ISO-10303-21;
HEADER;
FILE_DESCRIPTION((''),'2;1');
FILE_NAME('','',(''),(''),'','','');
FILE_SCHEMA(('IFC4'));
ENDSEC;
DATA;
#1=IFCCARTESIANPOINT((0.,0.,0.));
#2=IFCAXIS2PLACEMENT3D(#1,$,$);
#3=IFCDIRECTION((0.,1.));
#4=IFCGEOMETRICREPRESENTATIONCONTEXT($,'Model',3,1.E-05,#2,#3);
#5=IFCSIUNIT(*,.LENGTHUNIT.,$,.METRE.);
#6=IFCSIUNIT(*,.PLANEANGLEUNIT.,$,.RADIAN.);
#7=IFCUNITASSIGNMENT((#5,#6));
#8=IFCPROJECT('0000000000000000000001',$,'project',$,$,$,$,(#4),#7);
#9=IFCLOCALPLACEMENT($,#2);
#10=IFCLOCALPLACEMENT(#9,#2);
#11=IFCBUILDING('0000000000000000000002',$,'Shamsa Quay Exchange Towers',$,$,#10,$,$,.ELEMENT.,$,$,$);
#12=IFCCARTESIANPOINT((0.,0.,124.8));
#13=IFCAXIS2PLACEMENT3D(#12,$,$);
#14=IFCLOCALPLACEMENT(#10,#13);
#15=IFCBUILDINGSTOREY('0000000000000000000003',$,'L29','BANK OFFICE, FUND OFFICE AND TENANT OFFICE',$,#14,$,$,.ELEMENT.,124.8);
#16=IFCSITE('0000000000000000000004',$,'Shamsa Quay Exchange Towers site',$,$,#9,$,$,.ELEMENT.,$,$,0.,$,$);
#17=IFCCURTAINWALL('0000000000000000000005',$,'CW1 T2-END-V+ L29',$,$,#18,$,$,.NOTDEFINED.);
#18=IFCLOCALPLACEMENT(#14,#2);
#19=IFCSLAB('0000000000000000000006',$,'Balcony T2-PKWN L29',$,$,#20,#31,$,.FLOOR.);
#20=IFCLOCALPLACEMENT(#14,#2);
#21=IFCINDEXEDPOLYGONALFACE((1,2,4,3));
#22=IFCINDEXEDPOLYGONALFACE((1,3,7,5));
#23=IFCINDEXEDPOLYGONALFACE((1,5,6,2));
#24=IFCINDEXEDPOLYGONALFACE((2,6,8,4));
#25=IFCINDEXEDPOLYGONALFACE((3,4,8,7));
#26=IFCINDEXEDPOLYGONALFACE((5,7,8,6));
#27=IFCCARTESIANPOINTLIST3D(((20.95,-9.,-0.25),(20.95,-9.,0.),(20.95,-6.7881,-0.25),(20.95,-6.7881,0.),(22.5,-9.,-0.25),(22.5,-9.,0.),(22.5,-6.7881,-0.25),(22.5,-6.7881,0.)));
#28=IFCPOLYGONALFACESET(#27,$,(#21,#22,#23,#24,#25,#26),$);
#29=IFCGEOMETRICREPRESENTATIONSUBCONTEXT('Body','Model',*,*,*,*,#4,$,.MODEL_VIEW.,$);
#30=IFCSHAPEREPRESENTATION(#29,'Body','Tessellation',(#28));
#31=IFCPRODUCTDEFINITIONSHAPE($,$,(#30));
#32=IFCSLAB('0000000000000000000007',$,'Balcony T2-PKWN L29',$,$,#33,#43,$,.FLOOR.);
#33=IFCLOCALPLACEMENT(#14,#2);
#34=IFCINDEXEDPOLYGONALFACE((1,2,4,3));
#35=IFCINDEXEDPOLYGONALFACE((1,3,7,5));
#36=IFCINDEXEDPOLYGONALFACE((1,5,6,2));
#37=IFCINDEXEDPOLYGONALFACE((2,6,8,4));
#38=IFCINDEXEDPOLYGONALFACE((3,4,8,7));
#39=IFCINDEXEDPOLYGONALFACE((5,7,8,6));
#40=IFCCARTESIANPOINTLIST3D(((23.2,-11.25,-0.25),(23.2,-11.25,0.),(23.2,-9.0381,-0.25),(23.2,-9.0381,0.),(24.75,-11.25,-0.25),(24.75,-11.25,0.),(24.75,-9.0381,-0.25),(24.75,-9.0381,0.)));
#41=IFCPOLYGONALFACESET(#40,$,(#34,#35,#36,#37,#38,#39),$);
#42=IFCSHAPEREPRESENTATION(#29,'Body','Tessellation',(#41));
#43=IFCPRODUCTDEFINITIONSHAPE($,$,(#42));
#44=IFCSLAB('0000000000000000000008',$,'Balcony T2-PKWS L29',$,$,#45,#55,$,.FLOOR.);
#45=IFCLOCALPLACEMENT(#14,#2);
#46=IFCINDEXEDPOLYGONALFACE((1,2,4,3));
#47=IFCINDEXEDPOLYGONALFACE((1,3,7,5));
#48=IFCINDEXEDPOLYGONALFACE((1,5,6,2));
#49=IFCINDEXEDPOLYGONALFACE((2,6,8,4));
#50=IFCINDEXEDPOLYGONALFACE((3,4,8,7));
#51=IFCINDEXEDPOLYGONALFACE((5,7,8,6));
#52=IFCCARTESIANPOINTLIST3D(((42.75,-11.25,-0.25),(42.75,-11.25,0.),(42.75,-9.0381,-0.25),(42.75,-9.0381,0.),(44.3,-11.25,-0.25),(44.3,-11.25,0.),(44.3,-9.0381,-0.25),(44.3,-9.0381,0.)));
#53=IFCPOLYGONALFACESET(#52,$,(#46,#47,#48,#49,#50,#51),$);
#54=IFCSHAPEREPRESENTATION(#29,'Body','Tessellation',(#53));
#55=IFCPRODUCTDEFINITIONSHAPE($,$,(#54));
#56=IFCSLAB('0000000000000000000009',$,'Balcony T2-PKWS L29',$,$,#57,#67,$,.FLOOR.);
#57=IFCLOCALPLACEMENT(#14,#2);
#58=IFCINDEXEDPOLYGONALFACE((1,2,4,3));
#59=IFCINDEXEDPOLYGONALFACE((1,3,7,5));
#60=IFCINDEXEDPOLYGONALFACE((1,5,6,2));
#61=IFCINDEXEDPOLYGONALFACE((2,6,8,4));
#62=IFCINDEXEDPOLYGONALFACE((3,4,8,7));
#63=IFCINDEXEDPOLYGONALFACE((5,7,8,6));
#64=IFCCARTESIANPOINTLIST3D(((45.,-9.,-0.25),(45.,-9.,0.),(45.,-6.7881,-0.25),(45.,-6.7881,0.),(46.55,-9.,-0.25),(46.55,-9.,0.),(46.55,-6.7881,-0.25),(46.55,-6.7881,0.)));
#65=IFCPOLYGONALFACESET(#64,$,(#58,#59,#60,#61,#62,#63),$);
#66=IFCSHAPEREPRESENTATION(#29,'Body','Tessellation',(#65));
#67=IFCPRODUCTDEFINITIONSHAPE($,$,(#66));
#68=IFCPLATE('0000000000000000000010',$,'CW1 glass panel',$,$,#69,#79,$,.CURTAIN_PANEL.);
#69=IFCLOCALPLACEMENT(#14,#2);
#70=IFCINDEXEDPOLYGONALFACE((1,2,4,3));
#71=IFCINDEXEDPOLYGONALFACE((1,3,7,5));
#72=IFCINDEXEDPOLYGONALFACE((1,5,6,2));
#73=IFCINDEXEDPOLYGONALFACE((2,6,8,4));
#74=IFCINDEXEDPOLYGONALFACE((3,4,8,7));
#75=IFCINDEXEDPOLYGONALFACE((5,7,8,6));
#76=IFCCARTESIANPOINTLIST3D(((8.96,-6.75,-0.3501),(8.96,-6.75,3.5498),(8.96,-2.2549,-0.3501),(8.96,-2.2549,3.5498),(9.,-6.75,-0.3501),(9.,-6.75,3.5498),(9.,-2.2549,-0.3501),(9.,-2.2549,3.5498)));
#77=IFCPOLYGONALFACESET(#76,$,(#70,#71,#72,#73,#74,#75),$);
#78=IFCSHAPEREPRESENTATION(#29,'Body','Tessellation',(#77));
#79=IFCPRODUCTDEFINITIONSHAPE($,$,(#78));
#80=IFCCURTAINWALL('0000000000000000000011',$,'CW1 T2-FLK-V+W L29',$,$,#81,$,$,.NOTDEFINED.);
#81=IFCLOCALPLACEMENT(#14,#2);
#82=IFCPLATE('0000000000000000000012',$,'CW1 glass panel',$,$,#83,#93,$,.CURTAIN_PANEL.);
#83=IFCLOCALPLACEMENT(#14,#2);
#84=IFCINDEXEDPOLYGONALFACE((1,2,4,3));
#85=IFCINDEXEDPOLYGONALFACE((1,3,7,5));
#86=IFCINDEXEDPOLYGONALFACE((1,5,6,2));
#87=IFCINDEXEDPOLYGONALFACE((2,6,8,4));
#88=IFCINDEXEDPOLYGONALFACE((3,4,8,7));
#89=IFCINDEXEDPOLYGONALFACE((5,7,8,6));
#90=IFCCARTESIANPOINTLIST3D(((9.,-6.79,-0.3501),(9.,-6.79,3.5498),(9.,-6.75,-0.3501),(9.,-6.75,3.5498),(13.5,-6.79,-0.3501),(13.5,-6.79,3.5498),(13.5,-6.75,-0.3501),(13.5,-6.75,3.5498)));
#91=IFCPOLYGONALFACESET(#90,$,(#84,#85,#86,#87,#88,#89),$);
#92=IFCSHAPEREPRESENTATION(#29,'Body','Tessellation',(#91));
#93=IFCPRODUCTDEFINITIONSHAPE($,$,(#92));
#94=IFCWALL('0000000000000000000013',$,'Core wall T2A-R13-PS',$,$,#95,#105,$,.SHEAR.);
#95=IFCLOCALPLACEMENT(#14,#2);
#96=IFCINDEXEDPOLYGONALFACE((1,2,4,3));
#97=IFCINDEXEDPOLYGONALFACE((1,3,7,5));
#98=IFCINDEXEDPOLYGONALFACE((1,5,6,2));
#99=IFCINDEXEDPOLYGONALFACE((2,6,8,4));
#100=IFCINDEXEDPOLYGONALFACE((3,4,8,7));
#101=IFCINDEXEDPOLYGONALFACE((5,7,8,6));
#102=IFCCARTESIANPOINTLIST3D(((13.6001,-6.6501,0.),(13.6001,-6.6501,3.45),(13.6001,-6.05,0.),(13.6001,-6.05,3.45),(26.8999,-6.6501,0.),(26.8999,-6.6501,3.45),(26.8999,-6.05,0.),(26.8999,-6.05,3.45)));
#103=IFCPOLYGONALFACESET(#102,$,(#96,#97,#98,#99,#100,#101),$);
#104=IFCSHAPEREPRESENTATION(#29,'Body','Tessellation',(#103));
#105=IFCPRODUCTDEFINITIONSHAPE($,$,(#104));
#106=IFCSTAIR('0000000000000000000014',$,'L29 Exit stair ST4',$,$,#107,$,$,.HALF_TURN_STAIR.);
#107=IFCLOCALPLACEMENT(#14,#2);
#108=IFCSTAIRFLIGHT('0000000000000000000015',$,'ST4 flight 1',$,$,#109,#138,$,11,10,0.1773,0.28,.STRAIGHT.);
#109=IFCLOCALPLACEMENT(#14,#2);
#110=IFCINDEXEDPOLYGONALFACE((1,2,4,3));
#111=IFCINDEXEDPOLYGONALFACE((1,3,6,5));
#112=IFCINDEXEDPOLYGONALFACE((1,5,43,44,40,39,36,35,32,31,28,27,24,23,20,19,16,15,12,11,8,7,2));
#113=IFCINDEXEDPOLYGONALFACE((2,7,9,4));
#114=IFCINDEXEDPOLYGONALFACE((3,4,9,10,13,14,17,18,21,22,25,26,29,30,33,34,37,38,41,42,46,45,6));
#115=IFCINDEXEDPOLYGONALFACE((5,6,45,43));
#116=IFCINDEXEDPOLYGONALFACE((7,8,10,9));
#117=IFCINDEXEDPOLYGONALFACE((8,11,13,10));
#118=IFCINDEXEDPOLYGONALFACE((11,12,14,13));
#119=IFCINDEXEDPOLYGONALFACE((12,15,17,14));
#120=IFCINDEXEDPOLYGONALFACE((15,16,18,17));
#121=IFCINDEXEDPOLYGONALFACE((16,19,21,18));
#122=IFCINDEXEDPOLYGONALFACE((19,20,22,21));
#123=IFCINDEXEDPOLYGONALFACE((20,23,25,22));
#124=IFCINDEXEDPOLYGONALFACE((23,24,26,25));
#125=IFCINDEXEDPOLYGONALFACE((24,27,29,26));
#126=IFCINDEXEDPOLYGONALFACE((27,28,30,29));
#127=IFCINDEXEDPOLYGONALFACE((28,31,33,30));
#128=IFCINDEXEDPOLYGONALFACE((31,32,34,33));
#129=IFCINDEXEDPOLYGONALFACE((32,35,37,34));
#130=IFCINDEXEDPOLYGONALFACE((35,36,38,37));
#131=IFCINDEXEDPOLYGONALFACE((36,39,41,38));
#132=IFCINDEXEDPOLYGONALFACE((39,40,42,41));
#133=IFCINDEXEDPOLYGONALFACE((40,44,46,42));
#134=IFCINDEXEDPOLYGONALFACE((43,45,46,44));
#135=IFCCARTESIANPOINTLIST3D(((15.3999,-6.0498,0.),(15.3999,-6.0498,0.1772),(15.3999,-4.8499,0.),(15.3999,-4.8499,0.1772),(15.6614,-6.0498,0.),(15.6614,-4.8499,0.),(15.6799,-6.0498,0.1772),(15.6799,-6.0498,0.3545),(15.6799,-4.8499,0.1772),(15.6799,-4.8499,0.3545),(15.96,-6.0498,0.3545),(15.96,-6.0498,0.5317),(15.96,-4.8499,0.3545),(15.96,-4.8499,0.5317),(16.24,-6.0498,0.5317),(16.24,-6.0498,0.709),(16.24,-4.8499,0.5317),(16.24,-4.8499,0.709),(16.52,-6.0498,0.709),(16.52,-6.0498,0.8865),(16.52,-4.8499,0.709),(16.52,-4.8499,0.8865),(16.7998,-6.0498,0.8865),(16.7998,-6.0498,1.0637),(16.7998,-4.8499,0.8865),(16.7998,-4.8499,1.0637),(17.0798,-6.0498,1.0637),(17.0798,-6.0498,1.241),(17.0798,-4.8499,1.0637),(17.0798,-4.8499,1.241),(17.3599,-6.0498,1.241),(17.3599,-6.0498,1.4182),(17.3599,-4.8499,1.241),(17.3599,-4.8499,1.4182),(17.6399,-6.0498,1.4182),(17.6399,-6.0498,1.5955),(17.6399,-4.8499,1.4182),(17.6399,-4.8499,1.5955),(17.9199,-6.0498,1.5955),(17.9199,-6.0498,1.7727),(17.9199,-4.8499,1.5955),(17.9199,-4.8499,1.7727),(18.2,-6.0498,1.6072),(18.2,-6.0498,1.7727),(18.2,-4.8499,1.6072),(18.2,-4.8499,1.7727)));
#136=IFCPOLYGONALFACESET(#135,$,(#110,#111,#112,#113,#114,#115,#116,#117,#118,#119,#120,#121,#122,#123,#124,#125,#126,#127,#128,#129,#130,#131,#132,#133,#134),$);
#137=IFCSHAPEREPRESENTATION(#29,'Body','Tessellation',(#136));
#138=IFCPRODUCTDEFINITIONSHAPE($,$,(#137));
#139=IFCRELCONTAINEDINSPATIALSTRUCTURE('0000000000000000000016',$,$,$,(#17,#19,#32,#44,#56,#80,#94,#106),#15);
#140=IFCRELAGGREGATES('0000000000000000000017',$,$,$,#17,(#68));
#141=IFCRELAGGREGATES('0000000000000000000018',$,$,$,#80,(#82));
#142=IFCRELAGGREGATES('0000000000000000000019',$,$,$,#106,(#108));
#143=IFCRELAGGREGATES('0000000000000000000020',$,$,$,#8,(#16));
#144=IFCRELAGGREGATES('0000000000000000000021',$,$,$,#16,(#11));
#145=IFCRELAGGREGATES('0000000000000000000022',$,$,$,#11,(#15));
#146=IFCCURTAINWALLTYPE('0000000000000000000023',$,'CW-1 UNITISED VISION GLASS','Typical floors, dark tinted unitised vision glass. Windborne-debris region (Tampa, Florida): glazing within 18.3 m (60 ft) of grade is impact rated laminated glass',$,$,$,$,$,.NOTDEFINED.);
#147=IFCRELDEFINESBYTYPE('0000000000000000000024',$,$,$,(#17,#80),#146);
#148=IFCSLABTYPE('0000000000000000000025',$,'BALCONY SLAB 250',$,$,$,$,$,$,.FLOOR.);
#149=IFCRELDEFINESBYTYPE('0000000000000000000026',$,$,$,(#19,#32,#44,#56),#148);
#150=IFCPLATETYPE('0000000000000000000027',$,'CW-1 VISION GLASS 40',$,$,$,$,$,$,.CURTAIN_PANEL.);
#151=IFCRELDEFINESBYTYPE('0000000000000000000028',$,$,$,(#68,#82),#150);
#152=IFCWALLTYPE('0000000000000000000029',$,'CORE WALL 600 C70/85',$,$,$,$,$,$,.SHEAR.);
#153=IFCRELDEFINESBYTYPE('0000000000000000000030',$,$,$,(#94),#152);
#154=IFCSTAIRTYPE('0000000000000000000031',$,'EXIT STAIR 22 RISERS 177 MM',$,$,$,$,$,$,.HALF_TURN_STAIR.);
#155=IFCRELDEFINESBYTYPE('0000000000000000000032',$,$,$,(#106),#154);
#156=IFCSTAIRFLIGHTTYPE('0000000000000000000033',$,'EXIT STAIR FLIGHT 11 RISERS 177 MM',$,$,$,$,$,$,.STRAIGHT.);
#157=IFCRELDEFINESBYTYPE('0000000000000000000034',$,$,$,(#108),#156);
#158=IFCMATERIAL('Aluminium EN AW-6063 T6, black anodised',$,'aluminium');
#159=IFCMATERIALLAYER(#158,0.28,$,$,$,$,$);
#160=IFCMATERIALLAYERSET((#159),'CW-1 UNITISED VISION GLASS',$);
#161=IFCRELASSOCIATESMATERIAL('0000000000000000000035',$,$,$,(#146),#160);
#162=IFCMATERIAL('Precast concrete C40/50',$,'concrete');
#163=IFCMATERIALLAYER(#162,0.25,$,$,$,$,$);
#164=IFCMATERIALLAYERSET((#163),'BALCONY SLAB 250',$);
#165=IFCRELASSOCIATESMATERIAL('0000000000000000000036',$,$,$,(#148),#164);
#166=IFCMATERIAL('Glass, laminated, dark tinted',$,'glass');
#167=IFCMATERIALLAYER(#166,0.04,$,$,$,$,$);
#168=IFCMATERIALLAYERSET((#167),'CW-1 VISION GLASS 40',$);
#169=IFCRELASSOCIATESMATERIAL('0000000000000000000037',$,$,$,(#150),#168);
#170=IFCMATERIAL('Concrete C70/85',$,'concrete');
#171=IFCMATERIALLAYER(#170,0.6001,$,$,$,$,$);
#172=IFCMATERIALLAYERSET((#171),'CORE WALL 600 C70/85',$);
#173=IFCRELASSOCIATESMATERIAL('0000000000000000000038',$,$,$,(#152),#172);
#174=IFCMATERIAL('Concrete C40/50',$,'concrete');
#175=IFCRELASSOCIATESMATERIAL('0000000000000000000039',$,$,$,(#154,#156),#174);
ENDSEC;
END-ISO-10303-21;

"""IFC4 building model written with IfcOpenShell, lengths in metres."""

from ifc_helpers import new_model, si_unit, direction, frame, frame_2d, origin, origin_2d, place, context, subcontext, project, spatial, polyline, rectangle, outline, extrude, material, layer, layer_set, type_object, element, aggregate, save


model = new_model("IFC4")

# Units and contexts
model_context = context("Model", 3, precision=1e-05, world=origin(), true_north=direction((0.0, 1.0)))
body_context = subcontext(model_context, "Body", "Model", "MODEL_VIEW")
ifc_project = project(units=[si_unit("LENGTHUNIT", "METRE"), si_unit("PLANEANGLEUNIT", "RADIAN")], contexts=[model_context])

# Site, building, storey
site_placement = place(None, origin())
site = spatial("IfcSite", under=ifc_project, at=site_placement, Name="Shamsa Quay Exchange Towers site", CompositionType="ELEMENT", RefElevation=0.0)
building_placement = place(site_placement, origin())
building = spatial("IfcBuilding", under=site, at=building_placement, Name="Shamsa Quay Exchange Towers", CompositionType="ELEMENT")
storey_placement = place(building_placement, frame((0.0, 0.0, 124.8)))
storey = spatial("IfcBuildingStorey", under=building, at=storey_placement, Name="L29", Description="BANK OFFICE, FUND OFFICE AND TENANT OFFICE", CompositionType="ELEMENT", Elevation=124.8)

# Curtain wall
ifc_material_1 = material(Name="Aluminium EN AW-6063 T6, black anodised", Category="aluminium")
ifc_layer_1 = layer(ifc_material_1, 0.28)
ifc_layer_set_1 = layer_set([ifc_layer_1], Name="CW-1 UNITISED VISION GLASS")
curtain_wall_type = type_object("IfcCurtainWallType", Name="CW-1 UNITISED VISION GLASS", Description="Typical floors, dark tinted unitised vision glass. Windborne-debris region (Tampa, Florida): glazing within 18.3 m (60 ft) of grade is impact rated laminated glass", PredefinedType="NOTDEFINED", material=ifc_layer_set_1)
curtain_wall_1_placement = place(storey_placement, origin())
curtain_wall_1 = element("IfcCurtainWall", 1, at=curtain_wall_1_placement, inside=storey, type_object=curtain_wall_type, Name="CW1 T2-END-V+ L29", PredefinedType="NOTDEFINED")

# Slabs
ifc_material_2 = material(Name="Precast concrete C40/50", Category="concrete")
ifc_layer_2 = layer(ifc_material_2, 0.25)
ifc_layer_set_2 = layer_set([ifc_layer_2], Name="BALCONY SLAB 250")
slab_type = type_object("IfcSlabType", Name="BALCONY SLAB 250", PredefinedType="FLOOR", material=ifc_layer_set_2)
slab_1_placement = place(storey_placement, frame((0.0, 0.0, -0.25)))
element("IfcSlab", 2, at=slab_1_placement, inside=storey, type_object=slab_type, Name="Balcony T2-PKWN L29", PredefinedType="FLOOR", context=body_context, shape_type="SweptSolid", body=[
    extrude(outline(polyline([(22.5, -6.7881), (22.5, -9.0), (20.95, -9.0), (20.95, -6.7881), (22.5, -6.7881)])), origin(), (0.0, 0.0, 1.0), 0.25),
])
slab_2_placement = place(storey_placement, frame((0.0, 0.0, -0.25)))
element("IfcSlab", 3, at=slab_2_placement, inside=storey, type_object=slab_type, Name="Balcony T2-PKWN L29", PredefinedType="FLOOR", context=body_context, shape_type="SweptSolid", body=[
    extrude(outline(polyline([(24.75, -9.0381), (24.75, -11.25), (23.2, -11.25), (23.2, -9.0381), (24.75, -9.0381)])), origin(), (0.0, 0.0, 1.0), 0.25),
])
slab_3_placement = place(storey_placement, frame((0.0, 0.0, -0.25)))
element("IfcSlab", 4, at=slab_3_placement, inside=storey, type_object=slab_type, Name="Balcony T2-PKWS L29", PredefinedType="FLOOR", context=body_context, shape_type="SweptSolid", body=[
    extrude(outline(polyline([(42.75, -11.25), (42.75, -9.0381), (44.3, -9.0381), (44.3, -11.25), (42.75, -11.25)])), origin(), (0.0, 0.0, 1.0), 0.25),
])
slab_4_placement = place(storey_placement, frame((0.0, 0.0, -0.25)))
element("IfcSlab", 5, at=slab_4_placement, inside=storey, type_object=slab_type, Name="Balcony T2-PKWS L29", PredefinedType="FLOOR", context=body_context, shape_type="SweptSolid", body=[
    extrude(outline(polyline([(45.0, -9.0), (45.0, -6.7881), (46.55, -6.7881), (46.55, -9.0), (45.0, -9.0)])), origin(), (0.0, 0.0, 1.0), 0.25),
])

# Plate
ifc_material_3 = material(Name="Glass, laminated, dark tinted", Category="glass")
ifc_layer_3 = layer(ifc_material_3, 0.04)
ifc_layer_set_3 = layer_set([ifc_layer_3], Name="CW-1 VISION GLASS 40")
plate_type = type_object("IfcPlateType", Name="CW-1 VISION GLASS 40", PredefinedType="CURTAIN_PANEL", material=ifc_layer_set_3)
plate_1_placement = place(storey_placement, frame((8.98, -4.5024, -0.3501), z_axis=(0.0, 0.0, 1.0), x_axis=(0.0, -1.0, 0.0)))
plate_1 = element("IfcPlate", 6, at=plate_1_placement, type_object=plate_type, Name="CW1 glass panel", PredefinedType="CURTAIN_PANEL", context=body_context, shape_type="SweptSolid", body=[
    extrude(rectangle(XDim=4.4951, YDim=0.04, at=origin_2d()), origin(), (0.0, 0.0, 1.0), 3.8999),
])
aggregate(curtain_wall_1, [plate_1])

# Curtain wall, plate
curtain_wall_2_placement = place(storey_placement, origin())
curtain_wall_2 = element("IfcCurtainWall", 7, at=curtain_wall_2_placement, inside=storey, type_object=curtain_wall_type, Name="CW1 T2-FLK-V+W L29", PredefinedType="NOTDEFINED")
plate_2_placement = place(storey_placement, frame((11.25, -6.77, -0.3501)))
plate_2 = element("IfcPlate", 8, at=plate_2_placement, type_object=plate_type, Name="CW1 glass panel", PredefinedType="CURTAIN_PANEL", context=body_context, shape_type="SweptSolid", body=[
    extrude(rectangle(XDim=4.5, YDim=0.04, at=origin_2d()), origin(), (0.0, 0.0, 1.0), 3.8999),
])
aggregate(curtain_wall_2, [plate_2])

# Wall
ifc_material_4 = material(Name="Concrete C70/85", Category="concrete")
ifc_layer_4 = layer(ifc_material_4, 0.6001)
ifc_layer_set_4 = layer_set([ifc_layer_4], Name="CORE WALL 600 C70/85")
wall_type = type_object("IfcWallType", Name="CORE WALL 600 C70/85", PredefinedType="SHEAR", material=ifc_layer_set_4)
wall_placement = place(storey_placement, frame((13.6001, -6.3501, 0.0)))
element("IfcWall", 9, at=wall_placement, inside=storey, type_object=wall_type, Name="Core wall T2A-R13-PS", PredefinedType="SHEAR", context=body_context, shape_type="SweptSolid", body=[
    extrude(rectangle(XDim=13.2998, YDim=0.6001, at=frame_2d((6.6499, 0.0))), origin(), (0.0, 0.0, 1.0), 3.45),
])

# Stair, stair flight
ifc_material_5 = material(Name="Concrete C40/50", Category="concrete")
stair_type = type_object("IfcStairType", Name="EXIT STAIR 22 RISERS 177 MM", PredefinedType="HALF_TURN_STAIR", material=ifc_material_5)
stair_placement = place(storey_placement, origin())
stair = element("IfcStair", 10, at=stair_placement, inside=storey, type_object=stair_type, Name="L29 Exit stair ST4", PredefinedType="HALF_TURN_STAIR")
stair_flight_type = type_object("IfcStairFlightType", Name="EXIT STAIR FLIGHT 11 RISERS 177 MM", PredefinedType="STRAIGHT", material=ifc_material_5)
stair_flight_placement = place(storey_placement, frame((15.3999, -5.45, 0.0)))
stair_flight = element("IfcStairFlight", 11, at=stair_flight_placement, type_object=stair_flight_type, Name="ST4 flight 1", NumberOfRisers=11, NumberOfTreads=10, PredefinedType="STRAIGHT", RiserHeight=0.1773, TreadLength=0.28, context=body_context, shape_type="SweptSolid", body=[
    extrude(outline(polyline([(0.0, 0.0), (0.0, 0.1772), (0.28, 0.1772), (0.28, 0.3545), (0.5601, 0.3545), (0.5601, 0.5317), (0.8401, 0.5317), (0.8401, 0.709), (1.1201, 0.709), (1.1201, 0.8865), (1.3999, 0.8865), (1.3999, 1.0637), (1.6799, 1.0637), (1.6799, 1.241), (1.96, 1.241), (1.96, 1.4182), (2.24, 1.4182), (2.24, 1.5955), (2.52, 1.5955), (2.52, 1.7727), (2.8, 1.7727), (2.8, 1.95), (2.8, 1.6072), (0.2615, 0.0), (0.0, 0.0)])), frame((0.0, 0.6001, 0.0), z_axis=(0.0, -1.0, 0.0), x_axis=(1.0, 0.0, 0.0)), (0.0, 0.0, 1.0), 1.2),
])
aggregate(stair, [stair_flight])

save(model, "model.ifc")
